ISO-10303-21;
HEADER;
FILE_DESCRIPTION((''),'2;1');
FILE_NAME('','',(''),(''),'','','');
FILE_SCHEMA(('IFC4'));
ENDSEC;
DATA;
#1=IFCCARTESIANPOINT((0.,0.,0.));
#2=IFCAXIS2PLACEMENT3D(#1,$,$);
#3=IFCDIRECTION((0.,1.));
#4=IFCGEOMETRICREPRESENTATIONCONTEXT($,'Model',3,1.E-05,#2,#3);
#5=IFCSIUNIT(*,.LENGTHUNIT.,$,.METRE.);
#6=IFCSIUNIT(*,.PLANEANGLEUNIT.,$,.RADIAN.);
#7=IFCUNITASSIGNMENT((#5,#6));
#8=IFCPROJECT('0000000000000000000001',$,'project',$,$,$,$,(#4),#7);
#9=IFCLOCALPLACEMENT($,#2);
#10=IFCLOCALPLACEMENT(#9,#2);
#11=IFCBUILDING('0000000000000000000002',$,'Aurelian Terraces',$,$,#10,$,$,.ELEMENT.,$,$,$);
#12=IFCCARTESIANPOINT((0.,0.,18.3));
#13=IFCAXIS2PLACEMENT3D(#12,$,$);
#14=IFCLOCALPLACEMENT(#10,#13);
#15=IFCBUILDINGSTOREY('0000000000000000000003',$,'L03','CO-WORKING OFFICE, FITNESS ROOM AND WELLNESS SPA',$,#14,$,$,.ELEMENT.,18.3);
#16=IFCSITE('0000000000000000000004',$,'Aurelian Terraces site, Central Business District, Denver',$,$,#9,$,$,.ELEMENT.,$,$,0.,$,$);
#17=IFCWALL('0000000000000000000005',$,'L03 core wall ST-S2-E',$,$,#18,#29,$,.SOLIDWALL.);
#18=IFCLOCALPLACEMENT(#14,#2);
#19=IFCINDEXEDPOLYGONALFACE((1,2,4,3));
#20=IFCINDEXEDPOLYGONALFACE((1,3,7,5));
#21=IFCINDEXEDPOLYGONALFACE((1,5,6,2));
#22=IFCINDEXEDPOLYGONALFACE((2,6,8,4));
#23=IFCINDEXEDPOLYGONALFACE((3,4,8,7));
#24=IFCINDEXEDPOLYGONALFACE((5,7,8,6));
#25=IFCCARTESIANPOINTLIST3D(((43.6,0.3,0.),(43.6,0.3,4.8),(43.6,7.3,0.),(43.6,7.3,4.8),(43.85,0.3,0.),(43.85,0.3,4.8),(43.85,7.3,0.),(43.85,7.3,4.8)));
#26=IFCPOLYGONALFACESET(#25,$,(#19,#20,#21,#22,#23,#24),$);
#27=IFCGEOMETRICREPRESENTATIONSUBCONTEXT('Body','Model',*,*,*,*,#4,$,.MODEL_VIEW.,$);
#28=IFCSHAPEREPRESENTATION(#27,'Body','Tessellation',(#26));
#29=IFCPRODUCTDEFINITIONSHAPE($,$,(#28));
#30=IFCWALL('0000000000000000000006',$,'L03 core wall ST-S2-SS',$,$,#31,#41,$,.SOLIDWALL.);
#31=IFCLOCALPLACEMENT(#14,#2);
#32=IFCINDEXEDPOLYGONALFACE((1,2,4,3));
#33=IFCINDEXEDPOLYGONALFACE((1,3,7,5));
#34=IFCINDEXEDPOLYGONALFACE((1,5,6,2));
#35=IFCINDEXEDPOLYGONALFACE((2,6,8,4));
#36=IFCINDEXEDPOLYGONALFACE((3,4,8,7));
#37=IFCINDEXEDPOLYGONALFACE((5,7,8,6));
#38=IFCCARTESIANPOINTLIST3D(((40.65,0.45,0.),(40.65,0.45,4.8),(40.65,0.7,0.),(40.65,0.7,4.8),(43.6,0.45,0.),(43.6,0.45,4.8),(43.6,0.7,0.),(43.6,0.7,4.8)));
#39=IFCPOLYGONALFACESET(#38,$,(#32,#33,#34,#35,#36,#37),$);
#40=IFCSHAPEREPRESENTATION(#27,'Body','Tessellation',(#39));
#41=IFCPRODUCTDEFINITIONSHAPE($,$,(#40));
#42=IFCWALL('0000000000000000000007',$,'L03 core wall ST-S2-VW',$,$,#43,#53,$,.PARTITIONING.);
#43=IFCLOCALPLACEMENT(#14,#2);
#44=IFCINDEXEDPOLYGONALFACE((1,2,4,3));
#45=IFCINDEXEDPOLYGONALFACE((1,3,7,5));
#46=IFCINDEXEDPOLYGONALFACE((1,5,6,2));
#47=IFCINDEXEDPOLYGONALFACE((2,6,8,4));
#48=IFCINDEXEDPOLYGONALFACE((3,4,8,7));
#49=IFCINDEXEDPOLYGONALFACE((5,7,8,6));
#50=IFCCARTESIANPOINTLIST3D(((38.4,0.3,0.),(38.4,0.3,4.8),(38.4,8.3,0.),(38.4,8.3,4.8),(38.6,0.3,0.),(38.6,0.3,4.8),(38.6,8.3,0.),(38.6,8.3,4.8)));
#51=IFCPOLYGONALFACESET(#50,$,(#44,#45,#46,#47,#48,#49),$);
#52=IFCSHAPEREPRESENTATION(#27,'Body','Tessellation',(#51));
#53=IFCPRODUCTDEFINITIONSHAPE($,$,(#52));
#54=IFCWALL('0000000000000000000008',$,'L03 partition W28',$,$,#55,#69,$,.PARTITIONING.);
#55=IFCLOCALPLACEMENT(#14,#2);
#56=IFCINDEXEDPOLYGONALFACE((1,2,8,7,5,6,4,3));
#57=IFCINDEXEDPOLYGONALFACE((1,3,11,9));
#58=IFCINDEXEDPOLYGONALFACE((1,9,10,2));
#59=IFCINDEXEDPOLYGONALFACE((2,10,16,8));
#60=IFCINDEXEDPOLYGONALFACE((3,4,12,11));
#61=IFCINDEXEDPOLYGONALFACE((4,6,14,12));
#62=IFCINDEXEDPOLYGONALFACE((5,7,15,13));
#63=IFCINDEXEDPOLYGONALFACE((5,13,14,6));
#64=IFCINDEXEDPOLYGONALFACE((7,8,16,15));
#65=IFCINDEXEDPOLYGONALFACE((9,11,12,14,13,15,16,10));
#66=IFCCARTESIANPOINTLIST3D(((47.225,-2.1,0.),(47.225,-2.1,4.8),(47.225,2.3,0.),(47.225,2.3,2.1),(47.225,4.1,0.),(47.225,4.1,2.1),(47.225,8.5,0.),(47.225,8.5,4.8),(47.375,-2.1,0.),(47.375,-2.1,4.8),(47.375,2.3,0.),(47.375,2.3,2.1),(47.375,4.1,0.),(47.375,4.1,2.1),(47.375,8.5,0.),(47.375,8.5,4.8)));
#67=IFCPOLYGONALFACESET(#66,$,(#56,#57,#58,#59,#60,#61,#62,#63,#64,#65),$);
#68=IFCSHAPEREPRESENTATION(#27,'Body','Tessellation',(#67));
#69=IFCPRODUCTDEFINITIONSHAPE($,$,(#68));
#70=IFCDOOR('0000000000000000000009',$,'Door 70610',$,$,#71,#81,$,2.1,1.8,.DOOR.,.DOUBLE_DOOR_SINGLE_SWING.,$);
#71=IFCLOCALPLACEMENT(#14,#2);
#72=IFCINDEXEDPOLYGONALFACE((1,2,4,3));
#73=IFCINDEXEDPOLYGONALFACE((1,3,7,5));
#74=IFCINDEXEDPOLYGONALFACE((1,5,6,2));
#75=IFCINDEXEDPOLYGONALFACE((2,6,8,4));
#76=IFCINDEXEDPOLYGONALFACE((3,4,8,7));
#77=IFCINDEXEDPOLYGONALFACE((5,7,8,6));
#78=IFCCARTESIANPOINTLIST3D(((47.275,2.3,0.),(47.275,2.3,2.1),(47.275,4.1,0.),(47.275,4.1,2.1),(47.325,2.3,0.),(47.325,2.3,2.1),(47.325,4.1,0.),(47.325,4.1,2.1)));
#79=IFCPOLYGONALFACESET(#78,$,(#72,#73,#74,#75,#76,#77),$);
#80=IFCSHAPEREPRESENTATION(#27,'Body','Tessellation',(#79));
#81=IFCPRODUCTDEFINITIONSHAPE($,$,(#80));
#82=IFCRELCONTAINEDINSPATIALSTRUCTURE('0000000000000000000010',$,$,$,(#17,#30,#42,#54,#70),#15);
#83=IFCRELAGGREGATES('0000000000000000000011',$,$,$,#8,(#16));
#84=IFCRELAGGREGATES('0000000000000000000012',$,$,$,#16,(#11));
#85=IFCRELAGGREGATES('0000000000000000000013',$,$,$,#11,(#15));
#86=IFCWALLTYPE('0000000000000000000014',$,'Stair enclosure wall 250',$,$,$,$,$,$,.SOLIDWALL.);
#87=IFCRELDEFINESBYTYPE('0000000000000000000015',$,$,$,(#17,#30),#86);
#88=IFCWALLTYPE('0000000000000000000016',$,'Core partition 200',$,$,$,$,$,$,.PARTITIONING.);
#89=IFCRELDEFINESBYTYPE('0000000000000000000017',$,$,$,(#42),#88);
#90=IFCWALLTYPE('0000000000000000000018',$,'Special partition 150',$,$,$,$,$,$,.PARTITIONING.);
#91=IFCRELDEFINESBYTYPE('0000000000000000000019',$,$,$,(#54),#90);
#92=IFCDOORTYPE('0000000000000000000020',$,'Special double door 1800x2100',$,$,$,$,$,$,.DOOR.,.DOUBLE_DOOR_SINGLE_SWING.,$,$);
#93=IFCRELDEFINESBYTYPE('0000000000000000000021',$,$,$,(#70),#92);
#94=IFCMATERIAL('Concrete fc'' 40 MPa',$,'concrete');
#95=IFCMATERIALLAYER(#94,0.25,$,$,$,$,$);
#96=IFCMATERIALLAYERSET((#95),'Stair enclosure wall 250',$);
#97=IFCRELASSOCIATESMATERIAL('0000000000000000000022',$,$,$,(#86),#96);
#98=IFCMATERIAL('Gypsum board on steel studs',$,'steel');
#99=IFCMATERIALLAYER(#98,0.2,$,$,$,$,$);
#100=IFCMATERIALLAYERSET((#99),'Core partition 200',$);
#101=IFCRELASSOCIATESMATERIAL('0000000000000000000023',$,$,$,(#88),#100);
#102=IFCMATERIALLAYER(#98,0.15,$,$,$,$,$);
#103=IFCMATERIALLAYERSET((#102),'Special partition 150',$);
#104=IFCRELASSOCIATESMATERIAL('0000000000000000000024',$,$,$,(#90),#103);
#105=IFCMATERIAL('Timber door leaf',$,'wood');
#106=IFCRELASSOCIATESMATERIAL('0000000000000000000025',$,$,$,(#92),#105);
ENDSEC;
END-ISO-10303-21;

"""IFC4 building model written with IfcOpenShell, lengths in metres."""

from ifc_helpers import new_model, si_unit, direction, frame, frame_2d, origin, place, context, subcontext, project, spatial, rectangle, extrude, source, transform, mapped, material, layer, layer_set, type_object, element, fill, save


model = new_model("IFC4")

# Units and contexts
model_context = context("Model", 3, precision=1e-05, world=origin(), true_north=direction((0.0, 1.0)))
body_context = subcontext(model_context, "Body", "Model", "MODEL_VIEW")
ifc_project = project(units=[si_unit("LENGTHUNIT", "METRE"), si_unit("PLANEANGLEUNIT", "RADIAN")], contexts=[model_context])

# Site, building, storey
site_placement = place(None, origin())
site = spatial("IfcSite", under=ifc_project, at=site_placement, Name="Aurelian Terraces site, Central Business District, Denver", CompositionType="ELEMENT", RefElevation=0.0)
building_placement = place(site_placement, origin())
building = spatial("IfcBuilding", under=site, at=building_placement, Name="Aurelian Terraces", CompositionType="ELEMENT")
storey_placement = place(building_placement, frame((0.0, 0.0, 18.3)))
storey = spatial("IfcBuildingStorey", under=building, at=storey_placement, Name="L03", Description="CO-WORKING OFFICE, FITNESS ROOM AND WELLNESS SPA", CompositionType="ELEMENT", Elevation=18.3)

# Shared definitions
ifc_material_1 = material(Name="Concrete fc' 40 MPa", Category="concrete")
ifc_layer_1 = layer(ifc_material_1, 0.25)
ifc_layer_set_1 = layer_set([ifc_layer_1], Name="Stair enclosure wall 250")
wall_type_1 = type_object("IfcWallType", Name="Stair enclosure wall 250", PredefinedType="SOLIDWALL", material=ifc_layer_set_1)
shared_shape_1 = source(origin(), body_context, "Body", "SweptSolid", [
    extrude(rectangle(XDim=7.0, YDim=0.25, at=frame_2d((3.5, 0.0))), origin(), (0.0, 0.0, 1.0), 4.8),
])

# Walls
wall_1_placement = place(storey_placement, frame((43.725, 0.3, 0.0), z_axis=(0.0, 0.0, 1.0), x_axis=(0.0, 1.0, 0.0)))
element("IfcWall", 1, at=wall_1_placement, inside=storey, type_object=wall_type_1, Name="L03 core wall ST-S2-E", PredefinedType="SOLIDWALL", context=body_context, shape_type="MappedRepresentation", body=[
    mapped(shared_shape_1, transform((0.0, 0.0, 0.0), scale=1.0)),
])
shared_shape_2 = source(origin(), body_context, "Body", "SweptSolid", [
    extrude(rectangle(XDim=2.95, YDim=0.25, at=frame_2d((1.475, 0.0))), origin(), (0.0, 0.0, 1.0), 4.8),
])
wall_2_placement = place(storey_placement, frame((40.65, 0.575, 0.0), z_axis=(0.0, 0.0, 1.0), x_axis=(1.0, 0.0, 0.0)))
element("IfcWall", 2, at=wall_2_placement, inside=storey, type_object=wall_type_1, Name="L03 core wall ST-S2-SS", PredefinedType="SOLIDWALL", context=body_context, shape_type="MappedRepresentation", body=[
    mapped(shared_shape_2, transform((0.0, 0.0, 0.0), scale=1.0)),
])
ifc_material_2 = material(Name="Gypsum board on steel studs", Category="steel")
ifc_layer_2 = layer(ifc_material_2, 0.2)
ifc_layer_set_2 = layer_set([ifc_layer_2], Name="Core partition 200")
wall_type_2 = type_object("IfcWallType", Name="Core partition 200", PredefinedType="PARTITIONING", material=ifc_layer_set_2)
shared_shape_3 = source(origin(), body_context, "Body", "SweptSolid", [
    extrude(rectangle(XDim=8.0, YDim=0.2, at=frame_2d((4.0, 0.0))), origin(), (0.0, 0.0, 1.0), 4.8),
])
wall_3_placement = place(storey_placement, frame((38.5, 0.3, 0.0), z_axis=(0.0, 0.0, 1.0), x_axis=(0.0, 1.0, 0.0)))
element("IfcWall", 3, at=wall_3_placement, inside=storey, type_object=wall_type_2, Name="L03 core wall ST-S2-VW", PredefinedType="PARTITIONING", context=body_context, shape_type="MappedRepresentation", body=[
    mapped(shared_shape_3, transform((0.0, 0.0, 0.0), scale=1.0)),
])

# Wall, opening, door
ifc_layer_3 = layer(ifc_material_2, 0.15)
ifc_layer_set_3 = layer_set([ifc_layer_3], Name="Special partition 150")
wall_type_3 = type_object("IfcWallType", Name="Special partition 150", PredefinedType="PARTITIONING", material=ifc_layer_set_3)
shared_shape_4 = source(origin(), body_context, "Body", "SweptSolid", [
    extrude(rectangle(XDim=10.6, YDim=0.15, at=frame_2d((5.3, 0.0))), origin(), (0.0, 0.0, 1.0), 4.8),
])
wall_4_placement = place(storey_placement, frame((47.3, -2.1, 0.0), z_axis=(0.0, 0.0, 1.0), x_axis=(0.0, 1.0, 0.0)))
wall_4 = element("IfcWall", 4, at=wall_4_placement, inside=storey, type_object=wall_type_3, Name="L03 partition W28", PredefinedType="PARTITIONING", context=body_context, shape_type="MappedRepresentation", body=[
    mapped(shared_shape_4, transform((0.0, 0.0, 0.0), scale=1.0)),
])
shared_shape_5 = source(origin(), body_context, "Body", "SweptSolid", [
    extrude(rectangle(XDim=1.8, YDim=2.1, at=frame_2d((0.9, 1.05))), frame((0.0, 0.085, 0.0), z_axis=(0.0, -1.0, 0.0), x_axis=(1.0, 0.0, 0.0)), (0.0, 0.0, 1.0), 0.17),
])
opening_1_placement = place(wall_4_placement, frame((4.4, 0.0, 0.0)))
opening_1 = element("IfcOpeningElement", 5, at=opening_1_placement, cuts=wall_4, PredefinedType="OPENING", context=body_context, shape_type="MappedRepresentation", body=[
    mapped(shared_shape_5, transform((0.0, 0.0, 0.0), scale=1.0)),
])
ifc_material_3 = material(Name="Timber door leaf", Category="wood")
door_type_1 = type_object("IfcDoorType", Name="Special double door 1800x2100", OperationType="DOUBLE_DOOR_SINGLE_SWING", PredefinedType="DOOR", material=ifc_material_3)
shared_shape_6 = source(origin(), body_context, "Body", "SweptSolid", [
    extrude(rectangle(XDim=1.8, YDim=2.1, at=frame_2d((0.9, 1.05))), frame((0.0, 0.025, 0.0), z_axis=(0.0, -1.0, 0.0), x_axis=(1.0, 0.0, 0.0)), (0.0, 0.0, 1.0), 0.05),
])
door_1_placement = place(opening_1_placement, origin())
door_1 = element("IfcDoor", 6, at=door_1_placement, inside=storey, type_object=door_type_1, Name="Door 70610", OperationType="DOUBLE_DOOR_SINGLE_SWING", OverallHeight=2.1, OverallWidth=1.8, PredefinedType="DOOR", context=body_context, shape_type="MappedRepresentation", body=[
    mapped(shared_shape_6, transform((0.0, 0.0, 0.0), scale=1.0)),
])
fill(opening_1, door_1)

save(model, "model.ifc")
